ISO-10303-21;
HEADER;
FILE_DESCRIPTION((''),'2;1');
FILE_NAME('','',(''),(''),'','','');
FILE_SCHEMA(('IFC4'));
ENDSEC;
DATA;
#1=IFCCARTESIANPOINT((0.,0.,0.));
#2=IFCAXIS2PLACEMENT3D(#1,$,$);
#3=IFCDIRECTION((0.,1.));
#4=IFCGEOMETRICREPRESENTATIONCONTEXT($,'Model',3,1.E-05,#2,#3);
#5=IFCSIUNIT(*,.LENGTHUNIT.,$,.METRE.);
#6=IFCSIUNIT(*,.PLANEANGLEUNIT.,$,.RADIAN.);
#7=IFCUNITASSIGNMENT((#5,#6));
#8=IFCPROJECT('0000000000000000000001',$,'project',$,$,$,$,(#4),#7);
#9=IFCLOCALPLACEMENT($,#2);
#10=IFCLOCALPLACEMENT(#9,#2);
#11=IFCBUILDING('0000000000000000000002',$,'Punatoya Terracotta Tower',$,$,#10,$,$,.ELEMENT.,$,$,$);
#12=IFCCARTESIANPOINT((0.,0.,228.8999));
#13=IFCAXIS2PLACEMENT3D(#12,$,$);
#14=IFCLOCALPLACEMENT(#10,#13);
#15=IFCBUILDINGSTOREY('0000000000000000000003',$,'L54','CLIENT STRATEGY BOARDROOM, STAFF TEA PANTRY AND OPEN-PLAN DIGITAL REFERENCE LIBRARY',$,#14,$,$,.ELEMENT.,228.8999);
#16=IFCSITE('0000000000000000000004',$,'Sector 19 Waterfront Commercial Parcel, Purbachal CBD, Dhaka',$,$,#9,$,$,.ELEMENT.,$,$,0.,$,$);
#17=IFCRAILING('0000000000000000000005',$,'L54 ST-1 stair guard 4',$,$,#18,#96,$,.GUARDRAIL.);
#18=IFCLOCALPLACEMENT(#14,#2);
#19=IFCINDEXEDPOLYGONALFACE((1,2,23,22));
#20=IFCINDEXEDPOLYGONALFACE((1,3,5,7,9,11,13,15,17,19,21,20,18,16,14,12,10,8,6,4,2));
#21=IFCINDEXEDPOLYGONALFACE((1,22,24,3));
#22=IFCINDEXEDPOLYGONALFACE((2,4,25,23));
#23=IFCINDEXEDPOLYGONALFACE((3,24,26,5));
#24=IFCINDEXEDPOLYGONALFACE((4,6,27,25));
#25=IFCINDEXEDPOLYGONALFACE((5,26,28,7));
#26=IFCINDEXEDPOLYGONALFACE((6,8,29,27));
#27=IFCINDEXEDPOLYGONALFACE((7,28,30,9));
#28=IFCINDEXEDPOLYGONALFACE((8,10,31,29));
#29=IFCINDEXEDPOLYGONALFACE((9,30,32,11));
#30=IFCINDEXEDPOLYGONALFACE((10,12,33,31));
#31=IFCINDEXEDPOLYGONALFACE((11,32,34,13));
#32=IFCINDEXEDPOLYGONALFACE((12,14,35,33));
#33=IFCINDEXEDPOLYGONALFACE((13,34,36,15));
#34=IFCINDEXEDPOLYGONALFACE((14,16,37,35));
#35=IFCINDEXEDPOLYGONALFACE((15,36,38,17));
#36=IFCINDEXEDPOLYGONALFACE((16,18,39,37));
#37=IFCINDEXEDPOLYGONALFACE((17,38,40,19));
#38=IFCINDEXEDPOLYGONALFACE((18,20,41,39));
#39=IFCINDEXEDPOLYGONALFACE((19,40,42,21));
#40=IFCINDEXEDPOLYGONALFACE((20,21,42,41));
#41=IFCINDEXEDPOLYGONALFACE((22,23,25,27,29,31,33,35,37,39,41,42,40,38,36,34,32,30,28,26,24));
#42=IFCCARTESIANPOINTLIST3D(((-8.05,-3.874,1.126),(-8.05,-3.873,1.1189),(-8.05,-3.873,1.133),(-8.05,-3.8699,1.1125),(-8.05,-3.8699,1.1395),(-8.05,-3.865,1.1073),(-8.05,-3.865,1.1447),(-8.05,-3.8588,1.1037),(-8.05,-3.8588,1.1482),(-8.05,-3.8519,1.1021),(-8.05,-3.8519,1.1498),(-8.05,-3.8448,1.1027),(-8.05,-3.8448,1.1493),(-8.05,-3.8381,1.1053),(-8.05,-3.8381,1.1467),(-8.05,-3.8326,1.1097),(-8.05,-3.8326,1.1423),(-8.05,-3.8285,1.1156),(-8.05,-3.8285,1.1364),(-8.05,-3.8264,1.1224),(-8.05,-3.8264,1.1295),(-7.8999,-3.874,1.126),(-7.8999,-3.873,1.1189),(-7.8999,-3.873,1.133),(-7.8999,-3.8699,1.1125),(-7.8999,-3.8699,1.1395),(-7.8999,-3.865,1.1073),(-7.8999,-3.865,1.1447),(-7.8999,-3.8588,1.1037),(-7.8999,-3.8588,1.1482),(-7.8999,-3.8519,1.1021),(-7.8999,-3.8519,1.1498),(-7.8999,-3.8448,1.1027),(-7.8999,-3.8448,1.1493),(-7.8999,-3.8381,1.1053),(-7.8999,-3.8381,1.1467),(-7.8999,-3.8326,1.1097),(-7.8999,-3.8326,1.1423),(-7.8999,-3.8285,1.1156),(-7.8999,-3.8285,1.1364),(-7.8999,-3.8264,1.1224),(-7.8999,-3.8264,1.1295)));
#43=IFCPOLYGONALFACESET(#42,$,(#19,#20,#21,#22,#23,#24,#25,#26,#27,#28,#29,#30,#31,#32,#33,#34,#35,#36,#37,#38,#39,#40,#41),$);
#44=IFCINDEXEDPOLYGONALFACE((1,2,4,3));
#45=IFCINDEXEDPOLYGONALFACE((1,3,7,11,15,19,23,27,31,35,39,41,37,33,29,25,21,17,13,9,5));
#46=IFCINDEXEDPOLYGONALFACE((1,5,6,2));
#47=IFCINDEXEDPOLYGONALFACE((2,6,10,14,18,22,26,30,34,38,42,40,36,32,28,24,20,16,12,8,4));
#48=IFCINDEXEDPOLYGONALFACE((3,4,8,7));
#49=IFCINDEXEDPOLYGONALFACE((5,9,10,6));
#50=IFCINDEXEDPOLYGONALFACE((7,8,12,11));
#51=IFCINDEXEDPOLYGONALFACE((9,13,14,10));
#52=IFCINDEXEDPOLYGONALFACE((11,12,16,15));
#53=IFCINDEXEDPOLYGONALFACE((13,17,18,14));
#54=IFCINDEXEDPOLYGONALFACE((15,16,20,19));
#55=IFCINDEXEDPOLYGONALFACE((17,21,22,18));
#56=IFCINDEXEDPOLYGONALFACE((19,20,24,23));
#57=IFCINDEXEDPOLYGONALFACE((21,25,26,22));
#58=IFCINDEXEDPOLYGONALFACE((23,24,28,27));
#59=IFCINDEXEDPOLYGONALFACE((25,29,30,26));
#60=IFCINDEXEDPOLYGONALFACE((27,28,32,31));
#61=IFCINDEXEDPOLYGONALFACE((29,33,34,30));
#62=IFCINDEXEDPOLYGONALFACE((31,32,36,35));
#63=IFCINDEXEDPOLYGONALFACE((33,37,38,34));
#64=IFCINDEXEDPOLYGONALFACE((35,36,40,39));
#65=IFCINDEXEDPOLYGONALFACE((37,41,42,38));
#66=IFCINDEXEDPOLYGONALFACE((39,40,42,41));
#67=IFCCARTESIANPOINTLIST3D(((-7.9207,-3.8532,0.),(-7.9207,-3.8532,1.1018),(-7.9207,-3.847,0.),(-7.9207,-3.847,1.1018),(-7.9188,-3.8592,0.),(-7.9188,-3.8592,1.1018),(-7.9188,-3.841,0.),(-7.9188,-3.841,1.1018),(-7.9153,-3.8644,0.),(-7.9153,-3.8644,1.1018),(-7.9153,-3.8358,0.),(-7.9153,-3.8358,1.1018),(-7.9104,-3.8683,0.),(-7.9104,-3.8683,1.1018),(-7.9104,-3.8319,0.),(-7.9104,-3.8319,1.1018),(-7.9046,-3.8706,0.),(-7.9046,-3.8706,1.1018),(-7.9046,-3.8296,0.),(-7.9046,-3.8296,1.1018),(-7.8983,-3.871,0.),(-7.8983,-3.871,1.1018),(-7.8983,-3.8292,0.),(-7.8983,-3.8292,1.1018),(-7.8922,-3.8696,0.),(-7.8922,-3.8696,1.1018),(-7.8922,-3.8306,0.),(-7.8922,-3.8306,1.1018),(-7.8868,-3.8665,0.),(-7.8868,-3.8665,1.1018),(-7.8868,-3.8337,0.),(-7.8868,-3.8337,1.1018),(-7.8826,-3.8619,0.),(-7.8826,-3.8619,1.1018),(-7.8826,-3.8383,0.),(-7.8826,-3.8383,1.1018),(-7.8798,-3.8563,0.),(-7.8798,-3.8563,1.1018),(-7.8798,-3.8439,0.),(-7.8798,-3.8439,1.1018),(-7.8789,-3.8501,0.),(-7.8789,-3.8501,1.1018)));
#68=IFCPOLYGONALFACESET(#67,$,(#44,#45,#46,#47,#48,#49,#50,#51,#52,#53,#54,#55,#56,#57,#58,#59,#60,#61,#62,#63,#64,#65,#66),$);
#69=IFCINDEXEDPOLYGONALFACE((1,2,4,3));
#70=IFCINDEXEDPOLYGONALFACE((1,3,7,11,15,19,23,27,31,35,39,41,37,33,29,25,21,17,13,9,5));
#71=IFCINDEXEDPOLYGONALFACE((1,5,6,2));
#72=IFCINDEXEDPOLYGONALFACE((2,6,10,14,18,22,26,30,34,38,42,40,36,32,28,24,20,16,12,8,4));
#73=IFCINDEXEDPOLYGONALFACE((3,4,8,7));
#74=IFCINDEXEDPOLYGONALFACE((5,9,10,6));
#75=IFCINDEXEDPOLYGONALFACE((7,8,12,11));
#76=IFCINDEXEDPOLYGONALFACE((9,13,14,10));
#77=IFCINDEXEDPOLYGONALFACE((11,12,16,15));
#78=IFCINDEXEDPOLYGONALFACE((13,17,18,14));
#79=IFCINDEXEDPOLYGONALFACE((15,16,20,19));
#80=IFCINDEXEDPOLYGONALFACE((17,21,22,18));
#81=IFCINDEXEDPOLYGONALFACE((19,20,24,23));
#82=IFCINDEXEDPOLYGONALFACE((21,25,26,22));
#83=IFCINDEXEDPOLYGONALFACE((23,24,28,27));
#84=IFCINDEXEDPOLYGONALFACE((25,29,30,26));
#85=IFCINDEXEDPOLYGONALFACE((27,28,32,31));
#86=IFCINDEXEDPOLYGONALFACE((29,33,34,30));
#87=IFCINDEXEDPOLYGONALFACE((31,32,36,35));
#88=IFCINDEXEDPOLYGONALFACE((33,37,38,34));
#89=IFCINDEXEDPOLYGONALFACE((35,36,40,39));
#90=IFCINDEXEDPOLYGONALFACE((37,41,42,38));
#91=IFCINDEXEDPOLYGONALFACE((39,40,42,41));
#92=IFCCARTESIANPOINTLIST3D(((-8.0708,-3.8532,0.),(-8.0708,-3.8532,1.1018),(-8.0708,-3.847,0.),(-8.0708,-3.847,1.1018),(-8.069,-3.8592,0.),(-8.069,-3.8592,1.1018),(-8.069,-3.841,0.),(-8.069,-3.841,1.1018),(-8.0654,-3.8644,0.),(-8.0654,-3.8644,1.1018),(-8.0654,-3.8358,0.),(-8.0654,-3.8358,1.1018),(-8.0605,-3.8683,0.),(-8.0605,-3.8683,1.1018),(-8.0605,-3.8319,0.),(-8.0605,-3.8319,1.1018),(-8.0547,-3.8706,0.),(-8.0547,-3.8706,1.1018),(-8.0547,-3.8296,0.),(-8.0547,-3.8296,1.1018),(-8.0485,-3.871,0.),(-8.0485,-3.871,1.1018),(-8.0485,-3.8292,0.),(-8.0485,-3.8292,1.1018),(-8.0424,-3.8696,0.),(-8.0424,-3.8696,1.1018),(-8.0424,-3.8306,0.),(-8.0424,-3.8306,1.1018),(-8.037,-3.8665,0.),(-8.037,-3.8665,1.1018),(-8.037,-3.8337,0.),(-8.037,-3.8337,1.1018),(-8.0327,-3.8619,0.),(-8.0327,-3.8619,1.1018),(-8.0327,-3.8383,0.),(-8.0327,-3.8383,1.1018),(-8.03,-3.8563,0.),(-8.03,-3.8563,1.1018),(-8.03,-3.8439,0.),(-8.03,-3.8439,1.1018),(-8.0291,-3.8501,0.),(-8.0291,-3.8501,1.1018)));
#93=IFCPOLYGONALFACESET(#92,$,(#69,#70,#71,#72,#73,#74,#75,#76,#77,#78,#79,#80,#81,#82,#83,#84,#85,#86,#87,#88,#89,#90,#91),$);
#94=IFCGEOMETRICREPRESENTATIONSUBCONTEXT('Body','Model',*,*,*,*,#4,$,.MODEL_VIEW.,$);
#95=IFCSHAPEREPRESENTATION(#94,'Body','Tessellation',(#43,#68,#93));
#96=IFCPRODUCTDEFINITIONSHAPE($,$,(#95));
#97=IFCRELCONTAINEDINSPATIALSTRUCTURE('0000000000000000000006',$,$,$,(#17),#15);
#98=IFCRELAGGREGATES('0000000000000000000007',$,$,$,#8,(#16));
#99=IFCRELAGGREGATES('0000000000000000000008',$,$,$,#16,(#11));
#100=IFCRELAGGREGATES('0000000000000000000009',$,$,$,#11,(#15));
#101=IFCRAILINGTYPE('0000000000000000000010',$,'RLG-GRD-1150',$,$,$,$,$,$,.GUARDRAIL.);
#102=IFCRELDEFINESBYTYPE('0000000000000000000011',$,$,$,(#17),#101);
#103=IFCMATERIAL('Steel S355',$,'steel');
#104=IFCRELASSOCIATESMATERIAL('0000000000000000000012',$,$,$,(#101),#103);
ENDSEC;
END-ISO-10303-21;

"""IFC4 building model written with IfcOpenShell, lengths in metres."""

from ifc_helpers import new_model, si_unit, direction, frame, origin, origin_2d, place, context, subcontext, project, spatial, circle, extrude, material, type_object, element, save


model = new_model("IFC4")

# Units and contexts
model_context = context("Model", 3, precision=1e-05, world=origin(), true_north=direction((0.0, 1.0)))
body_context = subcontext(model_context, "Body", "Model", "MODEL_VIEW")
ifc_project = project(units=[si_unit("LENGTHUNIT", "METRE"), si_unit("PLANEANGLEUNIT", "RADIAN")], contexts=[model_context])

# Site, building, storey
site_placement = place(None, origin())
site = spatial("IfcSite", under=ifc_project, at=site_placement, Name="Sector 19 Waterfront Commercial Parcel, Purbachal CBD, Dhaka", CompositionType="ELEMENT", RefElevation=0.0)
building_placement = place(site_placement, origin())
building = spatial("IfcBuilding", under=site, at=building_placement, Name="Punatoya Terracotta Tower", CompositionType="ELEMENT")
storey_placement = place(building_placement, frame((0.0, 0.0, 228.8999)))
storey = spatial("IfcBuildingStorey", under=building, at=storey_placement, Name="L54", Description="CLIENT STRATEGY BOARDROOM, STAFF TEA PANTRY AND OPEN-PLAN DIGITAL REFERENCE LIBRARY", CompositionType="ELEMENT", Elevation=228.8999)

# Railing
ifc_material_1 = material(Name="Steel S355", Category="steel")
railing_type_1 = type_object("IfcRailingType", Name="RLG-GRD-1150", PredefinedType="GUARDRAIL", material=ifc_material_1)
railing_1_placement = place(storey_placement, frame((-7.8999, -3.8501, 0.0)))
element("IfcRailing", 1, at=railing_1_placement, inside=storey, type_object=railing_type_1, Name="L54 ST-1 stair guard 4", PredefinedType="GUARDRAIL", context=body_context, shape_type="SweptSolid", body=[
    extrude(circle(Radius=0.0239, at=origin_2d()), frame((0.0, 0.0, 1.126), z_axis=(-1.0, 0.0, 0.0), x_axis=(0.0, -1.0, 0.0)), (0.0, 0.0, 1.0), 0.1501),
    extrude(circle(Radius=0.021, at=origin_2d()), origin(), (0.0, 0.0, 1.0), 1.1018),
    extrude(circle(Radius=0.021, at=origin_2d()), frame((-0.1501, 0.0, 0.0)), (0.0, 0.0, 1.0), 1.1018),
])

save(model, "model.ifc")
